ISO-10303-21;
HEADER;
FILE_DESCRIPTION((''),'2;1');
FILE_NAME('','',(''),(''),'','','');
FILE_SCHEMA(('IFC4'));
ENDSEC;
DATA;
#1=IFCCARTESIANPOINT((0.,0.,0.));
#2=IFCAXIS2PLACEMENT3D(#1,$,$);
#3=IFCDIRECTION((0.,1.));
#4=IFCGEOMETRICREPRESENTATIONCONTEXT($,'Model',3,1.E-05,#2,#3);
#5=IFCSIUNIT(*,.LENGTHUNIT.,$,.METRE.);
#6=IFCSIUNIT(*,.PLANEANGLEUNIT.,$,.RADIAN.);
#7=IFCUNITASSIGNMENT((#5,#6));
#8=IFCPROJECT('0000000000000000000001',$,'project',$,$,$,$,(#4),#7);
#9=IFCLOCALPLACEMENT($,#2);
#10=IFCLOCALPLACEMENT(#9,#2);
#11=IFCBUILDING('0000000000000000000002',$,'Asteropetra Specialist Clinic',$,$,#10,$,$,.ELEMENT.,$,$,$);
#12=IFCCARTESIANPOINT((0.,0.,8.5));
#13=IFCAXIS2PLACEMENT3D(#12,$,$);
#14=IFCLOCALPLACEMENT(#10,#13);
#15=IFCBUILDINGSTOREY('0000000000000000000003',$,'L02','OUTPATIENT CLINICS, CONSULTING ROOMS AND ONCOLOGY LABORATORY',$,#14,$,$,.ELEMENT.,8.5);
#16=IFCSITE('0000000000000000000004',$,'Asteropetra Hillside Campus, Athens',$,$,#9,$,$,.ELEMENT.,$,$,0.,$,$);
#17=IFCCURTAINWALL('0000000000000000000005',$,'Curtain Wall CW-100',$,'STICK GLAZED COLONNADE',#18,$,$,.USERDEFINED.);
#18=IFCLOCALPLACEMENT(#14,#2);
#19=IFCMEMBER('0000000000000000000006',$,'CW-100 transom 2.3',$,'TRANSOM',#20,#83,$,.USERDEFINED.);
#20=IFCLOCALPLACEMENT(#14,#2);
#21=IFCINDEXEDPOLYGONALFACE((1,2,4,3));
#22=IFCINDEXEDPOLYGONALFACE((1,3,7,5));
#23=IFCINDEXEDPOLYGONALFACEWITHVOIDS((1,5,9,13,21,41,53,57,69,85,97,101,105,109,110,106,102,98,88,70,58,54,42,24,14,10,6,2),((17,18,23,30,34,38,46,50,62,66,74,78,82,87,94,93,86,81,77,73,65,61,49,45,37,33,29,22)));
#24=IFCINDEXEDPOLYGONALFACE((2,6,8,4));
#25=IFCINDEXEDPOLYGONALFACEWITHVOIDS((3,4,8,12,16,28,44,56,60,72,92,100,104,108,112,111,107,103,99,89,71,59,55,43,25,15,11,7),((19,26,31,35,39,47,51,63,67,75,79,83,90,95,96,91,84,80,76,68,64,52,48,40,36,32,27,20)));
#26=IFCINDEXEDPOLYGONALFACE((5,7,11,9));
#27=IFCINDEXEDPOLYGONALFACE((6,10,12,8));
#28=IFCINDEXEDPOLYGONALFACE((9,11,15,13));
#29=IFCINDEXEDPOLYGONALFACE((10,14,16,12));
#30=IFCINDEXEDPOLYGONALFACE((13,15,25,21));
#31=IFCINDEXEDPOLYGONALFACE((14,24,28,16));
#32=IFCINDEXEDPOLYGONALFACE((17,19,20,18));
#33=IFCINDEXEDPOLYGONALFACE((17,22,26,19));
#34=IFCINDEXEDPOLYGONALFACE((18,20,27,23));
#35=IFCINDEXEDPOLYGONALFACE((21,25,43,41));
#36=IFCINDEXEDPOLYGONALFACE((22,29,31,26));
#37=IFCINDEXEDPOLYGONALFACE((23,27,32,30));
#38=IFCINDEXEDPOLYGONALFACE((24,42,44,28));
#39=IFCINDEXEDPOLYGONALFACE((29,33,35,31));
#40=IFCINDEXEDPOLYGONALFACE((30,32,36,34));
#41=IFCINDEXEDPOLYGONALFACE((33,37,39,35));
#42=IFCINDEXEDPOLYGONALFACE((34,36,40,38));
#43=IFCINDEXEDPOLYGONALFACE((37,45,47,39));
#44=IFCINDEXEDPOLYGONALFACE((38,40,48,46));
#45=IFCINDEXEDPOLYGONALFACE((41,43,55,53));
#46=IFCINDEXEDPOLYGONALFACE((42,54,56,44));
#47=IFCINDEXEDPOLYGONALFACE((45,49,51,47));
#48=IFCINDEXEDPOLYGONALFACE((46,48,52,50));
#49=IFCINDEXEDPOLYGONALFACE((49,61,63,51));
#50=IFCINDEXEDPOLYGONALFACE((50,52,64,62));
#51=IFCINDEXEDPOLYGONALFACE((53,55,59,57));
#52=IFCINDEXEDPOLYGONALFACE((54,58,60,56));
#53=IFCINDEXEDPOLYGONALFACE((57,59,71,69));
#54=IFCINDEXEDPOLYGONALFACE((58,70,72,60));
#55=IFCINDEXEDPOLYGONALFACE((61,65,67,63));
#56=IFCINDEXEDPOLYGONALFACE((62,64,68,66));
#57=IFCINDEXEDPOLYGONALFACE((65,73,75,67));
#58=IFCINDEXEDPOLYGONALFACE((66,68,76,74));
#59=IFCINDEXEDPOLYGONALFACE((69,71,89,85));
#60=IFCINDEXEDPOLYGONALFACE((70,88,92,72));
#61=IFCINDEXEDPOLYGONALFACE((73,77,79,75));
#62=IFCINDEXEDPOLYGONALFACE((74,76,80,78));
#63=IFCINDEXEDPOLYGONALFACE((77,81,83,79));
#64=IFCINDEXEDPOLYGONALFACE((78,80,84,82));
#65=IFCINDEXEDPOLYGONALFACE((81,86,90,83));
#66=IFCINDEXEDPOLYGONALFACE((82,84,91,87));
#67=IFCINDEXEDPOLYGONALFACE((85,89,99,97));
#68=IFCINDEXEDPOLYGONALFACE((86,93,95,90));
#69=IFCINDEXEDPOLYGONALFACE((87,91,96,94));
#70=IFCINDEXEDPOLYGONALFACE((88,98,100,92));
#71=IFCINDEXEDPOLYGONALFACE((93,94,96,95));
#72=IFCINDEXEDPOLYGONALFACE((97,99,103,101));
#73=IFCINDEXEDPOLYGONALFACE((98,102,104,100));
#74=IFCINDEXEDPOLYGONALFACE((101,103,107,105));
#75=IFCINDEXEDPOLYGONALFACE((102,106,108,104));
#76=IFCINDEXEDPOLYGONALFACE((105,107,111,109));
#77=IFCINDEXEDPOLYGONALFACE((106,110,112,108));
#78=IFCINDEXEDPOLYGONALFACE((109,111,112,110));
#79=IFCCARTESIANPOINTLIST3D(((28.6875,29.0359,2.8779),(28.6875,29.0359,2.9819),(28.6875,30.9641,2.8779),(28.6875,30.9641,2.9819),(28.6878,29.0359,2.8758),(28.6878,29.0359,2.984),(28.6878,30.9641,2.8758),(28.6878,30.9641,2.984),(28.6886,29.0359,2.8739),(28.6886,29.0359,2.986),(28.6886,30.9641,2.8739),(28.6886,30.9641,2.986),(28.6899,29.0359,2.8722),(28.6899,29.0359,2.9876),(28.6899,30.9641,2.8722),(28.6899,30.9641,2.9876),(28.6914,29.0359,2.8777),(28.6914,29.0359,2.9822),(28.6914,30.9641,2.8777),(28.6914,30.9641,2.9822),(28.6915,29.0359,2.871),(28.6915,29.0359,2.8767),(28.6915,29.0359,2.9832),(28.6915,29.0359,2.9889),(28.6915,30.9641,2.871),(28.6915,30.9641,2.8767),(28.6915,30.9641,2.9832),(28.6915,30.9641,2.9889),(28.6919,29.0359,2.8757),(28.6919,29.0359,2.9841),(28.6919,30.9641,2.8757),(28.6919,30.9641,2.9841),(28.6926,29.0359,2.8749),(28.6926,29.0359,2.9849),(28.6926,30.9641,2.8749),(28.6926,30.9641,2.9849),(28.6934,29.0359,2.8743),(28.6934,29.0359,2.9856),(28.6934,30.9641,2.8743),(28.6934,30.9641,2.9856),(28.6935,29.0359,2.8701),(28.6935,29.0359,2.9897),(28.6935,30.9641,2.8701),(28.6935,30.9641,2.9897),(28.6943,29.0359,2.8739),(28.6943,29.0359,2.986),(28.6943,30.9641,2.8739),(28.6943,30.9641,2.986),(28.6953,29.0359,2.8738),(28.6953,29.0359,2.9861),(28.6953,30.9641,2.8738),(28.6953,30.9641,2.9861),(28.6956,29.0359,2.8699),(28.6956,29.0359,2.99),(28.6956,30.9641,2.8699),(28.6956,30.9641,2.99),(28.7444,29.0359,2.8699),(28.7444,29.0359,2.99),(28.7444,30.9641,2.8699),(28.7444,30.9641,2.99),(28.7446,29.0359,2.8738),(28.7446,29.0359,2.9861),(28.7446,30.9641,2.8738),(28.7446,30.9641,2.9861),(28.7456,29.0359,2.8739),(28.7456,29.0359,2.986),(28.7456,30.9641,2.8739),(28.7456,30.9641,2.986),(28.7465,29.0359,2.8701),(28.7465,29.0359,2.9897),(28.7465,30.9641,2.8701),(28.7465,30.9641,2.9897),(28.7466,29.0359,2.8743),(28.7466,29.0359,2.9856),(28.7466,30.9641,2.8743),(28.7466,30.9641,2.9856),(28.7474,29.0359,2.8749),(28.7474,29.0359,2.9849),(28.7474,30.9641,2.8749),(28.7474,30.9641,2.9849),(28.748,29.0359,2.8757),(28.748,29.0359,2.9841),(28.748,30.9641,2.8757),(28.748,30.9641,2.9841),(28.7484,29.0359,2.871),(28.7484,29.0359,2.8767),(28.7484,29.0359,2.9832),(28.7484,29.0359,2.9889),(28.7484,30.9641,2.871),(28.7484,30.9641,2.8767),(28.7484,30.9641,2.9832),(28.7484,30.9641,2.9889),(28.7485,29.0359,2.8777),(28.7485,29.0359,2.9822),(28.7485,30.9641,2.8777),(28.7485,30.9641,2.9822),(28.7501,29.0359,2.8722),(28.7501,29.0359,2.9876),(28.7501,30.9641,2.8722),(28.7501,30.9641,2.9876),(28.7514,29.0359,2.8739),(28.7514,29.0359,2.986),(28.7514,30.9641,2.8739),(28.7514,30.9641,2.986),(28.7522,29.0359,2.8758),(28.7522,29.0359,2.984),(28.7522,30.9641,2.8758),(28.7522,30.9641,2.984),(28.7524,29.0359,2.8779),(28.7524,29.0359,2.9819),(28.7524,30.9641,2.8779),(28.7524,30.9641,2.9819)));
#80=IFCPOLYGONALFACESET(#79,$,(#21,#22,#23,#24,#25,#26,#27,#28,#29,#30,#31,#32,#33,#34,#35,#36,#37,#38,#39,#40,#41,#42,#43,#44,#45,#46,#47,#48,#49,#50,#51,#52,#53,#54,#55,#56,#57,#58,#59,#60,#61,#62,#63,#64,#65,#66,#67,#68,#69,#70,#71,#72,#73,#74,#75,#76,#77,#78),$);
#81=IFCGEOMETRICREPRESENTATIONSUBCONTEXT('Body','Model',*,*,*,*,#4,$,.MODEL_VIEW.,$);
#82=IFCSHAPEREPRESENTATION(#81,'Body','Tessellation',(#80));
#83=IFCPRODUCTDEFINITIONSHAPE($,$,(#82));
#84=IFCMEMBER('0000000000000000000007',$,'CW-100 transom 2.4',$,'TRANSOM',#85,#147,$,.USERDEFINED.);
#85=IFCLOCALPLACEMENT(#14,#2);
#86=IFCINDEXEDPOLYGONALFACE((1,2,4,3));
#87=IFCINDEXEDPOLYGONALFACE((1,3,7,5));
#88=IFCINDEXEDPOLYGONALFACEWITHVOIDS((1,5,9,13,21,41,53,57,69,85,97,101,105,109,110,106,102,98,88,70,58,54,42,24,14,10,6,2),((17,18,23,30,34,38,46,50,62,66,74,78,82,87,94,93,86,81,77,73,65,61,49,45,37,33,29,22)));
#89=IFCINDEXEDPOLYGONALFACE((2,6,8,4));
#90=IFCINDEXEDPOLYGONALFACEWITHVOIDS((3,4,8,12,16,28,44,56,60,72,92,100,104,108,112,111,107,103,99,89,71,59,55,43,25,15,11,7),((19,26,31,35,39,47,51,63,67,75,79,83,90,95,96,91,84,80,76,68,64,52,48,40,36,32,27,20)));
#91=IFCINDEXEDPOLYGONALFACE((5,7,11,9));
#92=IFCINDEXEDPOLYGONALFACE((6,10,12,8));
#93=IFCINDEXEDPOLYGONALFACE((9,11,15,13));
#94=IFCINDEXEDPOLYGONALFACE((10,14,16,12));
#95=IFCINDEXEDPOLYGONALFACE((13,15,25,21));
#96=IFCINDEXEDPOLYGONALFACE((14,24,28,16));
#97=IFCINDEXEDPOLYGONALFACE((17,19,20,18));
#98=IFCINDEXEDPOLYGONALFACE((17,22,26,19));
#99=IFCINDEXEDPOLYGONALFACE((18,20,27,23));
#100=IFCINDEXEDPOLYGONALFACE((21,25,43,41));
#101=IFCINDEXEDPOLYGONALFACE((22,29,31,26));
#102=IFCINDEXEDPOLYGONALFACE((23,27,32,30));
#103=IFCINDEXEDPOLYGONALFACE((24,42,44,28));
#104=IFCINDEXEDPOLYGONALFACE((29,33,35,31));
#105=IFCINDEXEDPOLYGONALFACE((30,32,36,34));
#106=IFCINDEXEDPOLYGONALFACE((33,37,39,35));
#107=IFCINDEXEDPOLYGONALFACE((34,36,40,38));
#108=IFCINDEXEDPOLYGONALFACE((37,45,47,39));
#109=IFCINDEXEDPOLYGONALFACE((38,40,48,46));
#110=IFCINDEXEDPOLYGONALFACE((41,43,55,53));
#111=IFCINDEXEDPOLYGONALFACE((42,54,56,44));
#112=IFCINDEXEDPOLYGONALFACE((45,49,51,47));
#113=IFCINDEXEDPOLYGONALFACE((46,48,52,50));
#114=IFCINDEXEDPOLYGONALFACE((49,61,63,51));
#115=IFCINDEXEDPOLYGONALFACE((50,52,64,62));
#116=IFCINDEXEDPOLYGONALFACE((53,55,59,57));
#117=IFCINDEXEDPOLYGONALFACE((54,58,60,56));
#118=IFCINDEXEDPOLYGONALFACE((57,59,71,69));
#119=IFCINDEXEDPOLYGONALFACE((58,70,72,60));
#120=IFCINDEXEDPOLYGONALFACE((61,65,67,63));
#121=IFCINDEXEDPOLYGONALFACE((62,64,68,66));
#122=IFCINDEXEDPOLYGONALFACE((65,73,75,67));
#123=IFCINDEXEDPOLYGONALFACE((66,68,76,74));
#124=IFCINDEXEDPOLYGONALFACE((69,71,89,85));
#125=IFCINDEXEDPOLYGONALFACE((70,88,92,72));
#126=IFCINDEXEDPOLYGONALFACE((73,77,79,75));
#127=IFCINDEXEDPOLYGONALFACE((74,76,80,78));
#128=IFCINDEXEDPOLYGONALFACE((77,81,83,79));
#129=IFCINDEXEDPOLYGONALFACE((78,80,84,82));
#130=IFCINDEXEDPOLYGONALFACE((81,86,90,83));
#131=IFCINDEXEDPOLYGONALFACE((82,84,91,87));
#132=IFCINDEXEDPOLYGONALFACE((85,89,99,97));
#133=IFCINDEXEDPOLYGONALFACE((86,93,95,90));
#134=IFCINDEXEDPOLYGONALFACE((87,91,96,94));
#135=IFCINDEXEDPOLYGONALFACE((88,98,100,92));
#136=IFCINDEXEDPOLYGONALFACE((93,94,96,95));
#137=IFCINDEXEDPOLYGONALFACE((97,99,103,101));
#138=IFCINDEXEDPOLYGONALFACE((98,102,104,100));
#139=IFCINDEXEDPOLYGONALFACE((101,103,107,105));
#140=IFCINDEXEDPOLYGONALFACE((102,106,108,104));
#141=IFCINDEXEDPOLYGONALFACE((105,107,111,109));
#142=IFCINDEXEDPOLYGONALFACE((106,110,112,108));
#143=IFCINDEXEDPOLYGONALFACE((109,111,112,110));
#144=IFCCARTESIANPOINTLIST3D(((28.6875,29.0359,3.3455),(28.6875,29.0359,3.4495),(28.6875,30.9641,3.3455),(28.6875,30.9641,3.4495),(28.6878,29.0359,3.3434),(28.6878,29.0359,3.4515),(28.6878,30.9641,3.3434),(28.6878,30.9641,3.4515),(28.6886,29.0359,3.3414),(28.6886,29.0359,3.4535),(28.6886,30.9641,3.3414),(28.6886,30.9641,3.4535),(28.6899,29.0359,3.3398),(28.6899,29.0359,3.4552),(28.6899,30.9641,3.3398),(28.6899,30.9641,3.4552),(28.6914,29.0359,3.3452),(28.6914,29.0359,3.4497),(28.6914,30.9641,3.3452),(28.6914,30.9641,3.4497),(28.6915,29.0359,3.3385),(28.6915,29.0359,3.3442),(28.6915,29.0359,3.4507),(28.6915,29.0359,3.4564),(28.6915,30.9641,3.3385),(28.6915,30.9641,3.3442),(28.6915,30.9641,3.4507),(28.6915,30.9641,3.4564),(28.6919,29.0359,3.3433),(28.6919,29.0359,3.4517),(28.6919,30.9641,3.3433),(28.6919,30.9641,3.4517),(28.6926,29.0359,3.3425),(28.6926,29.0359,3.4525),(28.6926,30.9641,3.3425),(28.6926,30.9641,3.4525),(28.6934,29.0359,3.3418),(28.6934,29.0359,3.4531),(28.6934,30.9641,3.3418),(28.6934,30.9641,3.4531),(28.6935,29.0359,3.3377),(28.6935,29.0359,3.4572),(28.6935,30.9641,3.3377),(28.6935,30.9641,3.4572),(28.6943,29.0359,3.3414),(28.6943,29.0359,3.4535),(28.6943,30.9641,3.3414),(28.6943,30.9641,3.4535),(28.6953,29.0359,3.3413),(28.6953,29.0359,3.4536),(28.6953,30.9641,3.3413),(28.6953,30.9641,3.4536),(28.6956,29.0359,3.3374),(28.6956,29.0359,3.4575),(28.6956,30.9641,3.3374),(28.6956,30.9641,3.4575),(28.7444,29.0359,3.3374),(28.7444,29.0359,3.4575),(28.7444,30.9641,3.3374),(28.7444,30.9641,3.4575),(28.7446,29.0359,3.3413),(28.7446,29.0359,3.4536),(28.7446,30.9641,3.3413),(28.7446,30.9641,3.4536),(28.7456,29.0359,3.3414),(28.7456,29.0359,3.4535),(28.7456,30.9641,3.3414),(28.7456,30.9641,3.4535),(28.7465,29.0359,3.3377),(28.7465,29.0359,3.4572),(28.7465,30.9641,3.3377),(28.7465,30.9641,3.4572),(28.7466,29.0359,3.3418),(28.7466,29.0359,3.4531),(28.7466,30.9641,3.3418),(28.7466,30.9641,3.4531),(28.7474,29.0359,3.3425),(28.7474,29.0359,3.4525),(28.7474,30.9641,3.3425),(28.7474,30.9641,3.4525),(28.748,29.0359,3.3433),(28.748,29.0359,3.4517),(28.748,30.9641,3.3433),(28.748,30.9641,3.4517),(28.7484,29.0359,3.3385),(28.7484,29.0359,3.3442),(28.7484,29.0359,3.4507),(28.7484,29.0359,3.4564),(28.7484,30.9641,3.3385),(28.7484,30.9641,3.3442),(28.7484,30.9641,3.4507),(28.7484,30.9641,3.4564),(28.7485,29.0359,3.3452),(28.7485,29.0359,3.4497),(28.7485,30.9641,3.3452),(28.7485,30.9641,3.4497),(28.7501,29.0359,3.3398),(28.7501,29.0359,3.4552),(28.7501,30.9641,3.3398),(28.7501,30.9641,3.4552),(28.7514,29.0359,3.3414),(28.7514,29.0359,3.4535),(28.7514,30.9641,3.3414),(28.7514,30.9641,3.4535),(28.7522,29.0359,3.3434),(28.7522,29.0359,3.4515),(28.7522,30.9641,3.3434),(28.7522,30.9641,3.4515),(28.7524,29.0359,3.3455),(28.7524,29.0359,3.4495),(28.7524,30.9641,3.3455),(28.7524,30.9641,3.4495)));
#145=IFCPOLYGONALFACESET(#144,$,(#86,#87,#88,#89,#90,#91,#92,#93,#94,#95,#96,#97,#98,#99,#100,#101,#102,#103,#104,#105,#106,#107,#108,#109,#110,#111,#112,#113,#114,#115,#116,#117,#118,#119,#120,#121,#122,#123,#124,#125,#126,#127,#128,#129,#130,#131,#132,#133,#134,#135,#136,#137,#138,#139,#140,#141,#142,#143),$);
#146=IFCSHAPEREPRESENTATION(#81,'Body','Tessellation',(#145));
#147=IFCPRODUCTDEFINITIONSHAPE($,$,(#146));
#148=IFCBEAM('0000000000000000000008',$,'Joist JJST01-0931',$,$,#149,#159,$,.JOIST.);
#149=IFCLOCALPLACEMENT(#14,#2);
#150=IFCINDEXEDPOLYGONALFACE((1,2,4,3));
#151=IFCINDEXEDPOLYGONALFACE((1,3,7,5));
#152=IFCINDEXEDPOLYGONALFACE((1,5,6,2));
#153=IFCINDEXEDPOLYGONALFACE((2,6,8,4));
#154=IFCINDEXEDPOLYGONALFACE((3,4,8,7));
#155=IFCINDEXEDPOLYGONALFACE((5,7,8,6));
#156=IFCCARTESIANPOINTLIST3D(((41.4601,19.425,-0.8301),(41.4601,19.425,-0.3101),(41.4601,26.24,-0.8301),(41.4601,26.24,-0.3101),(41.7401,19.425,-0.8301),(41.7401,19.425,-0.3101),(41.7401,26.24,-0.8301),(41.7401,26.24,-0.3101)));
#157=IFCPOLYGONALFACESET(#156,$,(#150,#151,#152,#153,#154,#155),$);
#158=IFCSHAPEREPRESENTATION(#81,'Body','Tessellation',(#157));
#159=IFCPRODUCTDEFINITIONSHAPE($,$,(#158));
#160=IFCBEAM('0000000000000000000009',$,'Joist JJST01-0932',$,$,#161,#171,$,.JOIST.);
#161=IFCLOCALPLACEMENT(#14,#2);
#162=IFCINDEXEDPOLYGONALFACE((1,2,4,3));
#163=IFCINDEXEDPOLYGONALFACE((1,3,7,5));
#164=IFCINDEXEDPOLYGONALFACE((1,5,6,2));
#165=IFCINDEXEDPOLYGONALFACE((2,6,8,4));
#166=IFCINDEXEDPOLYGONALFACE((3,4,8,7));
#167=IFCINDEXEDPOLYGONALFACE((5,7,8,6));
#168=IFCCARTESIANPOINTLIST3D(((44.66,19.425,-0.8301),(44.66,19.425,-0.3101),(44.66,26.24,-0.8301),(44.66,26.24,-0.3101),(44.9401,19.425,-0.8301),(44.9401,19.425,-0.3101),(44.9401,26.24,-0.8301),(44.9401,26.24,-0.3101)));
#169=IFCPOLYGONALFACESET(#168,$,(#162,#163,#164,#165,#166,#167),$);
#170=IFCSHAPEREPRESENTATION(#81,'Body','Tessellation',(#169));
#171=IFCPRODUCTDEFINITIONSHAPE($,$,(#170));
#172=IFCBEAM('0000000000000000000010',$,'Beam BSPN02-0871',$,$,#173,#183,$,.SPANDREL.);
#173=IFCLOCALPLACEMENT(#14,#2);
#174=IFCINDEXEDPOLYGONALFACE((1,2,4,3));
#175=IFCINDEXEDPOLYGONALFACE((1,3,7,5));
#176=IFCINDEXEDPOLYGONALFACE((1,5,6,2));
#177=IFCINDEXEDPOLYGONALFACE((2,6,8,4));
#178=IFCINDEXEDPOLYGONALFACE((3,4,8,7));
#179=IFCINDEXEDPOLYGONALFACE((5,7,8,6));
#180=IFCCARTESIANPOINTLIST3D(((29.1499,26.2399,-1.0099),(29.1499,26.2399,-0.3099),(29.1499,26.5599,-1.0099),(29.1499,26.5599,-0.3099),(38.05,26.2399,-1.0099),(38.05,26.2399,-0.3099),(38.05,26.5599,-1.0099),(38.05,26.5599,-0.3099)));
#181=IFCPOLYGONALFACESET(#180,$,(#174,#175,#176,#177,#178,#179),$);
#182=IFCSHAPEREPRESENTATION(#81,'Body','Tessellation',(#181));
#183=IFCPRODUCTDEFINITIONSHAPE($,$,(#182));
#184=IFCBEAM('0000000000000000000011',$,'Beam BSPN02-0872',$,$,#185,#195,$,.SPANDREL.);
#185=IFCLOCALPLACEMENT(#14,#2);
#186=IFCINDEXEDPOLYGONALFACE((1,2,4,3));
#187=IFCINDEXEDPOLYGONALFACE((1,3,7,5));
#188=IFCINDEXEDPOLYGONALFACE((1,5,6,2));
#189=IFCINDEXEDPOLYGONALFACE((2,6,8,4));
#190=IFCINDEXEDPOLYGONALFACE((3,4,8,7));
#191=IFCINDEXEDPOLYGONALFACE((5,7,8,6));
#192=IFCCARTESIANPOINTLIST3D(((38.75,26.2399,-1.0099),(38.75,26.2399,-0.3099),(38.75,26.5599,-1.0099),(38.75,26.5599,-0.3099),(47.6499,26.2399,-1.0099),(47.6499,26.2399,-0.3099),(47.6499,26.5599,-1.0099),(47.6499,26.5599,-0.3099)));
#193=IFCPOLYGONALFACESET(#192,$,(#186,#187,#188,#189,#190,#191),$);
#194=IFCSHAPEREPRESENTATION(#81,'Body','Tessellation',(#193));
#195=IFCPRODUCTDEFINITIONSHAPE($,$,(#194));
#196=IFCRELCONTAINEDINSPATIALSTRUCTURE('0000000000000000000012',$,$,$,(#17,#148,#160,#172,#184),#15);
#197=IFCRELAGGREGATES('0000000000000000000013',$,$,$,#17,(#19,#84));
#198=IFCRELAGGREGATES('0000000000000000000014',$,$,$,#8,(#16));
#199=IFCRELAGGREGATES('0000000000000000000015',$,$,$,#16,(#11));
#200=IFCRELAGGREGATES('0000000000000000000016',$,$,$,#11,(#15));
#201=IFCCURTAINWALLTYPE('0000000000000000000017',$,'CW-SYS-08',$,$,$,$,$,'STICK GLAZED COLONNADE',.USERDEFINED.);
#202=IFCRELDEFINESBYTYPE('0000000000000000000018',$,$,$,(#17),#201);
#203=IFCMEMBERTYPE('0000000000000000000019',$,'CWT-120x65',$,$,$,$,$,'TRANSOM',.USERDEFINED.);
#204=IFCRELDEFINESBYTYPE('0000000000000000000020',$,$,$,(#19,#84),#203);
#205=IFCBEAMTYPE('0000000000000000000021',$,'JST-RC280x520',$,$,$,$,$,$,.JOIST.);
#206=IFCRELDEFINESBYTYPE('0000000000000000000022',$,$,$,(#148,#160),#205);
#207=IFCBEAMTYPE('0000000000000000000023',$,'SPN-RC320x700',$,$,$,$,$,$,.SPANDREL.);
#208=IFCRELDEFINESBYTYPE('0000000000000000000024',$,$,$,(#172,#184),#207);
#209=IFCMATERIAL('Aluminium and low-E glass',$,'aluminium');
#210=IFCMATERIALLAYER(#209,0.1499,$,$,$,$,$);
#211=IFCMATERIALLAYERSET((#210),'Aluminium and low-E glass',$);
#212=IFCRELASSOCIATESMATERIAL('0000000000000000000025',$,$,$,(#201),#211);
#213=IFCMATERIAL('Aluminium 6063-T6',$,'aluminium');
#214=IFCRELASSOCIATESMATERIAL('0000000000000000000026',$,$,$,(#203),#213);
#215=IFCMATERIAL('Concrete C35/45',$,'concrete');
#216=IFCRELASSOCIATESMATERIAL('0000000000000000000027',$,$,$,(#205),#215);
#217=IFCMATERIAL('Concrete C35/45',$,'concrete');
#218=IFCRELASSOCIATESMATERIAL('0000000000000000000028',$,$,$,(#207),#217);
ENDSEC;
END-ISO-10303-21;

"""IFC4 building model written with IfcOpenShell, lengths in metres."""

from ifc_helpers import new_model, si_unit, direction, frame, origin, origin_2d, place, context, subcontext, project, spatial, rectangle, hollow_rectangle, extrude, material, layer, layer_set, material_profile, profile_set, type_object, element, aggregate, save


model = new_model("IFC4")

# Units and contexts
model_context = context("Model", 3, precision=1e-05, world=origin(), true_north=direction((0.0, 1.0)))
body_context = subcontext(model_context, "Body", "Model", "MODEL_VIEW")
ifc_project = project(units=[si_unit("LENGTHUNIT", "METRE"), si_unit("PLANEANGLEUNIT", "RADIAN")], contexts=[model_context])

# Site, building, storey
site_placement = place(None, origin())
site = spatial("IfcSite", under=ifc_project, at=site_placement, Name="Asteropetra Hillside Campus, Athens", CompositionType="ELEMENT", RefElevation=0.0)
building_placement = place(site_placement, origin())
building = spatial("IfcBuilding", under=site, at=building_placement, Name="Asteropetra Specialist Clinic", CompositionType="ELEMENT")
storey_placement = place(building_placement, frame((0.0, 0.0, 8.5)))
storey = spatial("IfcBuildingStorey", under=building, at=storey_placement, Name="L02", Description="OUTPATIENT CLINICS, CONSULTING ROOMS AND ONCOLOGY LABORATORY", CompositionType="ELEMENT", Elevation=8.5)

# Curtain wall, members
ifc_material_1 = material(Name="Aluminium and low-E glass", Category="aluminium")
ifc_layer_1 = layer(ifc_material_1, 0.1499)
ifc_layer_set_1 = layer_set([ifc_layer_1], Name="Aluminium and low-E glass")
curtain_wall_type = type_object("IfcCurtainWallType", Name="CW-SYS-08", ElementType="STICK GLAZED COLONNADE", PredefinedType="USERDEFINED", material=ifc_layer_set_1)
curtain_wall_placement = place(storey_placement, origin())
curtain_wall = element("IfcCurtainWall", 1, at=curtain_wall_placement, inside=storey, type_object=curtain_wall_type, Name="Curtain Wall CW-100", ObjectType="STICK GLAZED COLONNADE", PredefinedType="USERDEFINED")
ifc_material_2 = material(Name="Aluminium 6063-T6", Category="aluminium")
ifc_material_profile_1 = material_profile(ifc_material_2, hollow_rectangle(XDim=0.0649, YDim=0.1201, WallThickness=0.0039, InnerFilletRadius=0.0039, OuterFilletRadius=0.0081, at=origin_2d()), Name="TRN 120x65x4.0")
ifc_profile_set_1 = profile_set([ifc_material_profile_1], Name="Aluminium 6063-T6")
member_type_1 = type_object("IfcMemberType", Name="CWT-120x65", ElementType="TRANSOM", PredefinedType="USERDEFINED", material=ifc_profile_set_1)
member_1_placement = place(storey_placement, frame((28.72, 30.9641, 2.9299), z_axis=(0.0, -1.0, 0.0), x_axis=(1.0, 0.0, 0.0)))
member_1 = element("IfcMember", 2, at=member_1_placement, type_object=member_type_1, Name="CW-100 transom 2.3", ObjectType="TRANSOM", PredefinedType="USERDEFINED", context=body_context, shape_type="SweptSolid", body=[
    extrude(hollow_rectangle(XDim=0.0649, YDim=0.1201, WallThickness=0.0039, InnerFilletRadius=0.0039, OuterFilletRadius=0.0081, at=origin_2d()), origin(), (0.0, 0.0, 1.0), 1.9282),
])
member_2_placement = place(storey_placement, frame((28.72, 30.9641, 3.3975), z_axis=(0.0, -1.0, 0.0), x_axis=(1.0, 0.0, 0.0)))
member_2 = element("IfcMember", 3, at=member_2_placement, type_object=member_type_1, Name="CW-100 transom 2.4", ObjectType="TRANSOM", PredefinedType="USERDEFINED", context=body_context, shape_type="SweptSolid", body=[
    extrude(hollow_rectangle(XDim=0.0649, YDim=0.1201, WallThickness=0.0039, InnerFilletRadius=0.0039, OuterFilletRadius=0.0081, at=origin_2d()), origin(), (0.0, 0.0, 1.0), 1.9282),
])

# Beams
ifc_material_3 = material(Name="Concrete C35/45", Category="concrete")
ifc_material_profile_2 = material_profile(ifc_material_3, rectangle(XDim=0.28, YDim=0.52, at=origin_2d()), Name="RCJ 280x520")
ifc_profile_set_2 = profile_set([ifc_material_profile_2], Name="Concrete C35/45")
beam_type_1 = type_object("IfcBeamType", Name="JST-RC280x520", PredefinedType="JOIST", material=ifc_profile_set_2)
for number, where, z_axis, x_axis, name in (
    (4, (41.6001, 19.425, -0.5701), (0.0, 1.0, 0.0), (-1.0, 0.0, 0.0), "Joist JJST01-0931"),
    (5, (44.8, 19.425, -0.5701), (0.0, 1.0, 0.0), (-1.0, 0.0, 0.0), "Joist JJST01-0932"),
):
    element("IfcBeam", number, at=place(storey_placement, frame(where, z_axis=z_axis, x_axis=x_axis)), inside=storey, type_object=beam_type_1, Name=name, PredefinedType="JOIST", context=body_context, shape_type="SweptSolid", body=[
        extrude(rectangle(XDim=0.28, YDim=0.52, at=origin_2d()), origin(), (0.0, 0.0, 1.0), 6.8149),
    ])
ifc_material_4 = material(Name="Concrete C35/45", Category="concrete")
ifc_material_profile_3 = material_profile(ifc_material_4, rectangle(XDim=0.3201, YDim=0.7, at=origin_2d()), Name="RCS 320x700")
ifc_profile_set_3 = profile_set([ifc_material_profile_3], Name="Concrete C35/45")
beam_type_2 = type_object("IfcBeamType", Name="SPN-RC320x700", PredefinedType="SPANDREL", material=ifc_profile_set_3)
beam_1_placement = place(storey_placement, frame((29.1499, 26.3999, -0.6599), z_axis=(1.0, 0.0, 0.0), x_axis=(0.0, 1.0, 0.0)))
element("IfcBeam", 6, at=beam_1_placement, inside=storey, type_object=beam_type_2, Name="Beam BSPN02-0871", PredefinedType="SPANDREL", context=body_context, shape_type="SweptSolid", body=[
    extrude(rectangle(XDim=0.3201, YDim=0.7, at=origin_2d()), origin(), (0.0, 0.0, 1.0), 8.9001),
])
beam_2_placement = place(storey_placement, frame((38.75, 26.3999, -0.6599), z_axis=(1.0, 0.0, 0.0), x_axis=(0.0, 1.0, 0.0)))
element("IfcBeam", 7, at=beam_2_placement, inside=storey, type_object=beam_type_2, Name="Beam BSPN02-0872", PredefinedType="SPANDREL", context=body_context, shape_type="SweptSolid", body=[
    extrude(rectangle(XDim=0.3201, YDim=0.7, at=origin_2d()), origin(), (0.0, 0.0, 1.0), 8.8999),
])

aggregate(curtain_wall, [member_1, member_2])

save(model, "model.ifc")
